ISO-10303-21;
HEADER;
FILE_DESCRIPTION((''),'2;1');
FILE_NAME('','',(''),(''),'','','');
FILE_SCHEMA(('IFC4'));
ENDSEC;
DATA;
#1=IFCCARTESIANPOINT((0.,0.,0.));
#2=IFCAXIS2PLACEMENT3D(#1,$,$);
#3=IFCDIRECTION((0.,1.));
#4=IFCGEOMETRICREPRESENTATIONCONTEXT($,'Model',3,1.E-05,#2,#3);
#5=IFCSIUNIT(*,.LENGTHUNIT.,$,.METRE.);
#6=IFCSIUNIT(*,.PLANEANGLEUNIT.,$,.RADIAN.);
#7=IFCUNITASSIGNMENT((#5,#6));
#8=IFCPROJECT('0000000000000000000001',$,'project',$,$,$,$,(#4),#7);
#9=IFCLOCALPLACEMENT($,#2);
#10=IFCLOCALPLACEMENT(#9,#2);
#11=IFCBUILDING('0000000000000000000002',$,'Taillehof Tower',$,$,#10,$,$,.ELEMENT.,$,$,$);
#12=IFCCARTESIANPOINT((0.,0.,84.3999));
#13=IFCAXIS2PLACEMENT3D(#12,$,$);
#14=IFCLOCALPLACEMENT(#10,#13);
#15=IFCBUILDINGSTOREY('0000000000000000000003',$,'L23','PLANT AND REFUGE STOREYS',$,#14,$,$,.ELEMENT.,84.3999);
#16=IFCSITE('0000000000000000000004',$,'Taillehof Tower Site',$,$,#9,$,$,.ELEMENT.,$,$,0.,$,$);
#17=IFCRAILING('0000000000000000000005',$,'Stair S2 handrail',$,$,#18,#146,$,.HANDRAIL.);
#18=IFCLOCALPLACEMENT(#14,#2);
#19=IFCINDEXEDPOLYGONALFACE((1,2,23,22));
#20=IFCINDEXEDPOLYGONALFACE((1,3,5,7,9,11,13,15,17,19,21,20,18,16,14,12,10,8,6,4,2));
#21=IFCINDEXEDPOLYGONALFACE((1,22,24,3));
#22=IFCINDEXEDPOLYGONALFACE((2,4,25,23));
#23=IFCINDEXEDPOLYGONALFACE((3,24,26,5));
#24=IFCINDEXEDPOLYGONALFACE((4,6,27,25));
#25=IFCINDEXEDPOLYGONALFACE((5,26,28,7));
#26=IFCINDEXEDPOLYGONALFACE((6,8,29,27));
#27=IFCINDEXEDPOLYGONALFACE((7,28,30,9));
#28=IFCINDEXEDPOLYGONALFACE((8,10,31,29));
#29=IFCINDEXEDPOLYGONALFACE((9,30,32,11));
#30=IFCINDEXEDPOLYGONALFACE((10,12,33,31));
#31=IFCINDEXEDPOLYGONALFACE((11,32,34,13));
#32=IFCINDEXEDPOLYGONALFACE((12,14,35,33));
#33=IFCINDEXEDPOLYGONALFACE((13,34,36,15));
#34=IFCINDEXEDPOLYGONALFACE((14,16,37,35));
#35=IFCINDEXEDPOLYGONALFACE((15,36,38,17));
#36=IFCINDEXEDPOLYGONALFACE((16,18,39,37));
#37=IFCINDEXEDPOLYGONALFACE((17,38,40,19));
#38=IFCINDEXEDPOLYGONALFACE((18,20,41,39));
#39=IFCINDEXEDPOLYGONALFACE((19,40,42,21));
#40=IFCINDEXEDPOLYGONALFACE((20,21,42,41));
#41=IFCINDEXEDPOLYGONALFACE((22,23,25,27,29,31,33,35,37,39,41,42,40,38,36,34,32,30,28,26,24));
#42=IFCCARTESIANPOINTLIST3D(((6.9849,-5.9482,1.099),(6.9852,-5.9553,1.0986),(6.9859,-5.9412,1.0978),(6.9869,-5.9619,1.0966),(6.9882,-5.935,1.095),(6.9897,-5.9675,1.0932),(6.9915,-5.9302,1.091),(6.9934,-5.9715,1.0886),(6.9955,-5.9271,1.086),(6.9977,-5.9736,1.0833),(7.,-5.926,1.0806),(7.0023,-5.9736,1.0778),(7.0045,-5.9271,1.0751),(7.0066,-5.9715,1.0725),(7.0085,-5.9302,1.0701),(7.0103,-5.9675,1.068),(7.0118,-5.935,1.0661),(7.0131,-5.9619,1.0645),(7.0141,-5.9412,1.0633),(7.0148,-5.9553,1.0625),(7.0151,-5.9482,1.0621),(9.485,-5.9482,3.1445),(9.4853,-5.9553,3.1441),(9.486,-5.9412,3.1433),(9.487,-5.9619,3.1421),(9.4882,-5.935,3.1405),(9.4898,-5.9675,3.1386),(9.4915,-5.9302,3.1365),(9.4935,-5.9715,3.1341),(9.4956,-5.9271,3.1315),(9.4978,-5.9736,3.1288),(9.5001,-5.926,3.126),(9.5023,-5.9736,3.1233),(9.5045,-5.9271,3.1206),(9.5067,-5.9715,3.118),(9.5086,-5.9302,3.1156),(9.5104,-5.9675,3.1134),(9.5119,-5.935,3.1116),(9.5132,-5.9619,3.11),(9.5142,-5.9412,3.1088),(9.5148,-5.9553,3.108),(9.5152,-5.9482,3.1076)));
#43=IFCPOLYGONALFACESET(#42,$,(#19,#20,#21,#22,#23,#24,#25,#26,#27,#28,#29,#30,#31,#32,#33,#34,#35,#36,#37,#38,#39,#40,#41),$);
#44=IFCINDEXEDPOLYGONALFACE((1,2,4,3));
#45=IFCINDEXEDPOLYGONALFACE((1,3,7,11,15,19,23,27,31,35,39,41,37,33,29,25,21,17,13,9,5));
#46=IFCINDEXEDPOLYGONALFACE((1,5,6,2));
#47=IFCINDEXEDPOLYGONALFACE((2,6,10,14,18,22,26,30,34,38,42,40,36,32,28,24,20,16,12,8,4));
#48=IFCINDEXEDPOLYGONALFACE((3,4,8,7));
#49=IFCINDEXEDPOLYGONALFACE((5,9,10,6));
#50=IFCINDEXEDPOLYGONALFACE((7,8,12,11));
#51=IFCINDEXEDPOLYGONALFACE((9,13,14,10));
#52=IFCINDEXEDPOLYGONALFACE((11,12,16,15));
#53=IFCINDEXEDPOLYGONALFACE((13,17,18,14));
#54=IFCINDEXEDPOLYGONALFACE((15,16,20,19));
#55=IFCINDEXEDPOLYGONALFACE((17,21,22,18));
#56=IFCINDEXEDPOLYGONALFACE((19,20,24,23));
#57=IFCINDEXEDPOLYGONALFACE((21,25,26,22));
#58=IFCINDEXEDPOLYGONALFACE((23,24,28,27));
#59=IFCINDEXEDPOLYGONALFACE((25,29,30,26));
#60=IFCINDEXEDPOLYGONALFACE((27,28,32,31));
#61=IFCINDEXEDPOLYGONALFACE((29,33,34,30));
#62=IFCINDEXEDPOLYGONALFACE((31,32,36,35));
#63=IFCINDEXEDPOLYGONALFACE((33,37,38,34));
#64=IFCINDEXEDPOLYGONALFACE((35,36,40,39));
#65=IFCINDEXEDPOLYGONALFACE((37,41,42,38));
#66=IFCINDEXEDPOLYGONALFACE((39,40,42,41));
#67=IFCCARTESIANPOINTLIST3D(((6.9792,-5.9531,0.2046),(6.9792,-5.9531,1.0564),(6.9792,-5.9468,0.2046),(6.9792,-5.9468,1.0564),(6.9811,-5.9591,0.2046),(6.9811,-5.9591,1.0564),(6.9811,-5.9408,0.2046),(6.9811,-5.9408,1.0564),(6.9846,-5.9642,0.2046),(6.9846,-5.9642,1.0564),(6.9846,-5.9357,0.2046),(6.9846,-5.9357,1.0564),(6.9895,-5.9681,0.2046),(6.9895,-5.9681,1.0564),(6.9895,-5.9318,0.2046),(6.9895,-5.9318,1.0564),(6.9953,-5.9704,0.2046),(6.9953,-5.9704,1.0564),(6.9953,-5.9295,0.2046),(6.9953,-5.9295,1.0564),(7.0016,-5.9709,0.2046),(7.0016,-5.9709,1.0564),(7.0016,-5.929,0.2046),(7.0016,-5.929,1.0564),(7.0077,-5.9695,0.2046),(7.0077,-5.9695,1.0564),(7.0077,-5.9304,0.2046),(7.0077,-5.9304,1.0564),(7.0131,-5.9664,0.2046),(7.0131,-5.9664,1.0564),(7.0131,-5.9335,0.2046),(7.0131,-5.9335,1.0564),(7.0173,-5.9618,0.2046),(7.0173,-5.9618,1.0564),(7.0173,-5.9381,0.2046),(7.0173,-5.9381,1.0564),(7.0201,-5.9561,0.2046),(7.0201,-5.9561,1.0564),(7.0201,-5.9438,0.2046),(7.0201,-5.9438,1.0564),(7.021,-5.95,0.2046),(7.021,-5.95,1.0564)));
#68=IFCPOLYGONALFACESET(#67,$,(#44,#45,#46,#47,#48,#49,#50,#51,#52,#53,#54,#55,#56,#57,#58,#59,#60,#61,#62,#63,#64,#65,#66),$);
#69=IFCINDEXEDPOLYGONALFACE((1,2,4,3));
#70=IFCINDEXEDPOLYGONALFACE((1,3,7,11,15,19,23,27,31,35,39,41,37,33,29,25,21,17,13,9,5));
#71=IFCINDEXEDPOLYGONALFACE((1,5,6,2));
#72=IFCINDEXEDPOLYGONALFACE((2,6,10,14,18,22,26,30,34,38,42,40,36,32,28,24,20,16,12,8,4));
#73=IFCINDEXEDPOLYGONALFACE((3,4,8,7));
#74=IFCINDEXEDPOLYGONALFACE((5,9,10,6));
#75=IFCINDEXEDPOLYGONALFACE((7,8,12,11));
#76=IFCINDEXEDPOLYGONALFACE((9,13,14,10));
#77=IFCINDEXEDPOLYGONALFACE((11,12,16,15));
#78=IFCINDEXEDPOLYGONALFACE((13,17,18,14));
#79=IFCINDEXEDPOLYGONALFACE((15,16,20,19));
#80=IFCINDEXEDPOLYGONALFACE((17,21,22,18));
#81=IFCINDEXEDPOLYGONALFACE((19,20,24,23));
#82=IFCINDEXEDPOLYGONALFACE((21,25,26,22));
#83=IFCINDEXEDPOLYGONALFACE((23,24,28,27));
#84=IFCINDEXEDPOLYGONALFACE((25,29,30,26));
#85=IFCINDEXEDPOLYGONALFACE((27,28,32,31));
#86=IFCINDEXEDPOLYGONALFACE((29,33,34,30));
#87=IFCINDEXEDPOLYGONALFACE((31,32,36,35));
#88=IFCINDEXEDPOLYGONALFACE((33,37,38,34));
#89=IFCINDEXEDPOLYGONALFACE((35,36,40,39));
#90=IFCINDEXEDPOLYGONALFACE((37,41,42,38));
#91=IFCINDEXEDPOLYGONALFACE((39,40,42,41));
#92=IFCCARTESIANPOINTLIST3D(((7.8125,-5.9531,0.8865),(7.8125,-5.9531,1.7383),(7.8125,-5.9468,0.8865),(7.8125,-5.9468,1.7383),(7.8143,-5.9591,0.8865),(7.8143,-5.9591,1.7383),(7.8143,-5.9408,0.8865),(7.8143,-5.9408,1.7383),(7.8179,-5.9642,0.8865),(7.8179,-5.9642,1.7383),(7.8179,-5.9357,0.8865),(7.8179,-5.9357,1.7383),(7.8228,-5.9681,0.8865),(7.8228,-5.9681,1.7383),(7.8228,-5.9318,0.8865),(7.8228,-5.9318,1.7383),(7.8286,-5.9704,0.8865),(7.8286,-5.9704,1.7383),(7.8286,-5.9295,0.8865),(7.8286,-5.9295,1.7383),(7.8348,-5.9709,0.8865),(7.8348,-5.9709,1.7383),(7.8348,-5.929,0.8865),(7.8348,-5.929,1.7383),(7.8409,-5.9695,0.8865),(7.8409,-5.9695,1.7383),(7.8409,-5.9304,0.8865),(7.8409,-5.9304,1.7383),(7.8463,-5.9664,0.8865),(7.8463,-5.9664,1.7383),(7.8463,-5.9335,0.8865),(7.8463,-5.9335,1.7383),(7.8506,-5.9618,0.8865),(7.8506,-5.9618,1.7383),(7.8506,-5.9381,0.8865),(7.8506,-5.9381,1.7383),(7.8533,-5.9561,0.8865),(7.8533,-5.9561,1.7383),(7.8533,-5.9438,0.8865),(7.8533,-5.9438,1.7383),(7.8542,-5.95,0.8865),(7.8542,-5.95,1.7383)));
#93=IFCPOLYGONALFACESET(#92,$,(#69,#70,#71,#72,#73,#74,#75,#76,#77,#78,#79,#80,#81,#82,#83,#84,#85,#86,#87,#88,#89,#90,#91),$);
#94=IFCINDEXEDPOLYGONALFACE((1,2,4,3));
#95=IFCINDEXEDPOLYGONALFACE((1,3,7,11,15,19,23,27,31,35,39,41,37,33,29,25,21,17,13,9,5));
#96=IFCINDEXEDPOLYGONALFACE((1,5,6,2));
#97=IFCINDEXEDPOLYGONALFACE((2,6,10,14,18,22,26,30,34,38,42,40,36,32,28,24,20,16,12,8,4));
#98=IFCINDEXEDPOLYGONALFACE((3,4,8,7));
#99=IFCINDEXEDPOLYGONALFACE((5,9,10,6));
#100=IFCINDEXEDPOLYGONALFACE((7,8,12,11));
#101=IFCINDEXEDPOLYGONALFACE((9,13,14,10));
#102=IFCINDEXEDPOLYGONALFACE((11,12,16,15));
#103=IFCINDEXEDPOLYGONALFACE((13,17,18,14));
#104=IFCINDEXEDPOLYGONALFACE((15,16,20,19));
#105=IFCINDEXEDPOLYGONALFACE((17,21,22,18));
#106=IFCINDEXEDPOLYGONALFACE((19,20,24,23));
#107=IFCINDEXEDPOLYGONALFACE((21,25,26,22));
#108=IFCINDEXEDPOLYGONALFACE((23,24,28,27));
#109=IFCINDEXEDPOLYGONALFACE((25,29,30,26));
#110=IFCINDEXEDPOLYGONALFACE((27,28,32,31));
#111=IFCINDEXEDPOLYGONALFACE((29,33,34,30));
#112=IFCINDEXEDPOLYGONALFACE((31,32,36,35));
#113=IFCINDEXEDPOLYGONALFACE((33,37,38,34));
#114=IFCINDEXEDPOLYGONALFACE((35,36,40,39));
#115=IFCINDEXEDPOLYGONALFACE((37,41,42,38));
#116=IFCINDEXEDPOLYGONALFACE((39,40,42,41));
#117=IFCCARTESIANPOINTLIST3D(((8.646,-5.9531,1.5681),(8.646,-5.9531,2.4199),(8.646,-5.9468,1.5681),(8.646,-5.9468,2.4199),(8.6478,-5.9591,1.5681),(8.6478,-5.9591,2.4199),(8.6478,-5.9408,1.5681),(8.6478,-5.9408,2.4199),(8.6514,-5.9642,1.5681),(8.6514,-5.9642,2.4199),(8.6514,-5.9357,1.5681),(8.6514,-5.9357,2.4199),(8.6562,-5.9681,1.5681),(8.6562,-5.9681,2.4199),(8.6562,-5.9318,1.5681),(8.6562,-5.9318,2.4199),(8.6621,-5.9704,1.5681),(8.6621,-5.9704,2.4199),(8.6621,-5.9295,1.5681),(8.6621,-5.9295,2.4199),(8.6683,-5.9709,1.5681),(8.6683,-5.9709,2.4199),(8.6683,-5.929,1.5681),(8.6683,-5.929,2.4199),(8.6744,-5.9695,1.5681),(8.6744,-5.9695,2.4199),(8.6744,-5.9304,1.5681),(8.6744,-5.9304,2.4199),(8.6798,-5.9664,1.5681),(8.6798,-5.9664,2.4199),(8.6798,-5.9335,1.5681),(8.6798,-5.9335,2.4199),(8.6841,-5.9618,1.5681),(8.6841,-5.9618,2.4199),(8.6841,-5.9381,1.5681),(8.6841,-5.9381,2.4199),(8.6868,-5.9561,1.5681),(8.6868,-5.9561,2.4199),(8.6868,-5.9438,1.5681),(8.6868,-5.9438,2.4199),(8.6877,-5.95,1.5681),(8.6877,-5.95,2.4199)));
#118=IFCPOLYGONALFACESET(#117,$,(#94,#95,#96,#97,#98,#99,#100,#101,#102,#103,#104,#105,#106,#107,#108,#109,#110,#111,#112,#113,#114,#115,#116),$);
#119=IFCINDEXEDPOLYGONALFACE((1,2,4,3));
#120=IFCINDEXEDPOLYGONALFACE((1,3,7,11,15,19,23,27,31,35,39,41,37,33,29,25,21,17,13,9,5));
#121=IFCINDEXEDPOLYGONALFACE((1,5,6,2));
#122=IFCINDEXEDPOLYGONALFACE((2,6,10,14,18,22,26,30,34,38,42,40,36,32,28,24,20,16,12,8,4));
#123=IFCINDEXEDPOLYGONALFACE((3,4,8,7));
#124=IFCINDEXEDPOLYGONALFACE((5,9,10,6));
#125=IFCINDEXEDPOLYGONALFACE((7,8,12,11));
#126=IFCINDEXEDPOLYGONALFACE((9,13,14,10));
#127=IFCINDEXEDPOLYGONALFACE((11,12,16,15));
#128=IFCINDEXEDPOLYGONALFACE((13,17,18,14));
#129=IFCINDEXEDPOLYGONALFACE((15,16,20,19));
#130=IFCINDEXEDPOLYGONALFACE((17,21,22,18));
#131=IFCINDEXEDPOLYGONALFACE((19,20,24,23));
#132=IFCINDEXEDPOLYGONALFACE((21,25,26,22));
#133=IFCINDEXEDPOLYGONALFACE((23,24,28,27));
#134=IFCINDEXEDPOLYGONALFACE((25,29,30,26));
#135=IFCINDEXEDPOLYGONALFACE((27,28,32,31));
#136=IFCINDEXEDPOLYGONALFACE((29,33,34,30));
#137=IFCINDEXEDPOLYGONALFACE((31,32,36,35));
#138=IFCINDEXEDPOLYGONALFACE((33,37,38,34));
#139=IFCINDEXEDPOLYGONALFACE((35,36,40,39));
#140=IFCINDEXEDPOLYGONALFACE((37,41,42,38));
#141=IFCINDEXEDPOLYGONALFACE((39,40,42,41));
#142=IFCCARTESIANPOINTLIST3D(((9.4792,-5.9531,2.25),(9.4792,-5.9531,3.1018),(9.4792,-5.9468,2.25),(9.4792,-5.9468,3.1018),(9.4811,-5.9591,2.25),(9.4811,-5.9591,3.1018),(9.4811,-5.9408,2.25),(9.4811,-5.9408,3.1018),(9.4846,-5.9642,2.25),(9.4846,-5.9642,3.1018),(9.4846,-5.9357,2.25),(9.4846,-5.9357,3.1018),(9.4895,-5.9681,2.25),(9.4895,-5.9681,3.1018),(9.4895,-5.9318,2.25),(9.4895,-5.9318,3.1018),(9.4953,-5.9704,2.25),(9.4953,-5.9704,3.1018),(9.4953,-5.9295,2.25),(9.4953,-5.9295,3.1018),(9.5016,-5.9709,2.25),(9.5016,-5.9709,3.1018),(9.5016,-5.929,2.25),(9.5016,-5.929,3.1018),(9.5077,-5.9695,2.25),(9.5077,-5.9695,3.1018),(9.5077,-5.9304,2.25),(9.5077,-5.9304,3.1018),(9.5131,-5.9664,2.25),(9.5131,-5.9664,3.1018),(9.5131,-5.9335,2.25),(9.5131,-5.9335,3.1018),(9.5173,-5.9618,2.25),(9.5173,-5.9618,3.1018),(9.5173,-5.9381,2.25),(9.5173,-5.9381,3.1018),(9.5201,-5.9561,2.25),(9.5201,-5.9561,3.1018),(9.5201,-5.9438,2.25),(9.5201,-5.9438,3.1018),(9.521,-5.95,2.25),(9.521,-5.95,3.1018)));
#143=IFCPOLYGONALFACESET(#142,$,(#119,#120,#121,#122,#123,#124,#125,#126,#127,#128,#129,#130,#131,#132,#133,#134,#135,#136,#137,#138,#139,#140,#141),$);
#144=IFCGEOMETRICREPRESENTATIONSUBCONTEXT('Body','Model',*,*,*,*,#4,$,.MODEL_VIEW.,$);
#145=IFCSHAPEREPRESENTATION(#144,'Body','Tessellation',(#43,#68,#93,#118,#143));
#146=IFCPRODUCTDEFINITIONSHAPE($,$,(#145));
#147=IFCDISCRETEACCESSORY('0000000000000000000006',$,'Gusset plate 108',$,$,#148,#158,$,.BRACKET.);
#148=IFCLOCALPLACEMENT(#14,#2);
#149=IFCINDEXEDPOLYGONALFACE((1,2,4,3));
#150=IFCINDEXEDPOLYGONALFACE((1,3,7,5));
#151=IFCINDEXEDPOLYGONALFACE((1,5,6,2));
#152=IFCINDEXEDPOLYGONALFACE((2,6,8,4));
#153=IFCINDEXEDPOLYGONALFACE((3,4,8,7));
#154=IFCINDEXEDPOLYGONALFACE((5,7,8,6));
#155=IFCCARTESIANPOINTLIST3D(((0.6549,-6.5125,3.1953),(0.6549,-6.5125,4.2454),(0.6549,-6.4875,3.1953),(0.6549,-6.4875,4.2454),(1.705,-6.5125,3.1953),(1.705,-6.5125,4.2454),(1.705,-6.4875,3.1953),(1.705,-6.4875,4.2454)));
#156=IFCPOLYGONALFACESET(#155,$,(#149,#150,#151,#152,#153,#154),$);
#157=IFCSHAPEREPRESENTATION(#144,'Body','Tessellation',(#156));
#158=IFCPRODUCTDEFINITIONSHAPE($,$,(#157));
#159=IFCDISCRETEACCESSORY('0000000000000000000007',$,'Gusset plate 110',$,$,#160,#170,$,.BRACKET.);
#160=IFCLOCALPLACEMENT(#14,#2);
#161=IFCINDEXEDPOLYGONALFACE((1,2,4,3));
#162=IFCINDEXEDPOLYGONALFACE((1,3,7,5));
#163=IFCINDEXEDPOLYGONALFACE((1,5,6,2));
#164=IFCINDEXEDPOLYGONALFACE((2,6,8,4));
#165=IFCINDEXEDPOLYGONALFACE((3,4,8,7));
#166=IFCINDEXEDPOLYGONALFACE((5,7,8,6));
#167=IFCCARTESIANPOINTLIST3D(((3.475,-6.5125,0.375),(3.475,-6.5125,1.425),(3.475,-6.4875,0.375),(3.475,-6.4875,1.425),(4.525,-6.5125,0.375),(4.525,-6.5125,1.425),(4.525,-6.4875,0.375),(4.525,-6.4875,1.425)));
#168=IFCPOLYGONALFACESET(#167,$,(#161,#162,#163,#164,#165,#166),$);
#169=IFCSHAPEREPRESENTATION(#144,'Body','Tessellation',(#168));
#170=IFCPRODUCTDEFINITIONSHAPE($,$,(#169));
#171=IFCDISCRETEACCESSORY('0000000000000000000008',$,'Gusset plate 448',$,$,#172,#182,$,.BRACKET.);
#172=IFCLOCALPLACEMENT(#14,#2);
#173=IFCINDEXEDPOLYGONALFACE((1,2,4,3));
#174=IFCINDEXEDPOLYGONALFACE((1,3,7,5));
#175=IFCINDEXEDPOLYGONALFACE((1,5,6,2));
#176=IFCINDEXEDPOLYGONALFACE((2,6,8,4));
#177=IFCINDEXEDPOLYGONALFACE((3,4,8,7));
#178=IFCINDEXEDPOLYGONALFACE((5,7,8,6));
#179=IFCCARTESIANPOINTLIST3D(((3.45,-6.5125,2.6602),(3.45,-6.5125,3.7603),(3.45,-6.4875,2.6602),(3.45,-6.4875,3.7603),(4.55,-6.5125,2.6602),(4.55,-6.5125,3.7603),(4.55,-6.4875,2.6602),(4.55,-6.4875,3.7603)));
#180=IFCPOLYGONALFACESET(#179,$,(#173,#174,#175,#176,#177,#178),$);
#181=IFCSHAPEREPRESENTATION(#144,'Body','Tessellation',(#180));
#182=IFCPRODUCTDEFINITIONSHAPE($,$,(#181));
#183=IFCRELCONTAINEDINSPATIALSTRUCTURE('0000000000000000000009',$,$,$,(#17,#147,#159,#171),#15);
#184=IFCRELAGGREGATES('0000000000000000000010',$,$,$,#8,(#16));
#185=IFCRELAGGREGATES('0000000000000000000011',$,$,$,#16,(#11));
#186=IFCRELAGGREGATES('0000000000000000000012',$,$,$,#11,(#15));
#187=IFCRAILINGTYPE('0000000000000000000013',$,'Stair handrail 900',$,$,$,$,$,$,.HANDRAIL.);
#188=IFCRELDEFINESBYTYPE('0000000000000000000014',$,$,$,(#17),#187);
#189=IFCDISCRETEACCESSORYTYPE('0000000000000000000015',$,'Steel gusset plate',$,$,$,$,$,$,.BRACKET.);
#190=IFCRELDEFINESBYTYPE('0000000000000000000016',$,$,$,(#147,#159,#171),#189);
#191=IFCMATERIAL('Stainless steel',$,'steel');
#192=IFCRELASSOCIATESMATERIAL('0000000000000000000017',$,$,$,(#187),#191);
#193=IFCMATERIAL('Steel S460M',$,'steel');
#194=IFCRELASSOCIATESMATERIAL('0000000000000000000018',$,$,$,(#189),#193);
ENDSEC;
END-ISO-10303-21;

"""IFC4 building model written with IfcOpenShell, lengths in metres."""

from ifc_helpers import new_model, si_unit, direction, frame, origin, origin_2d, place, context, subcontext, project, spatial, rectangle, circle, extrude, material, type_object, element, save


model = new_model("IFC4")

# Units and contexts
model_context = context("Model", 3, precision=1e-05, world=origin(), true_north=direction((0.0, 1.0)))
body_context = subcontext(model_context, "Body", "Model", "MODEL_VIEW")
ifc_project = project(units=[si_unit("LENGTHUNIT", "METRE"), si_unit("PLANEANGLEUNIT", "RADIAN")], contexts=[model_context])

# Site, building, storey
site_placement = place(None, origin())
site = spatial("IfcSite", under=ifc_project, at=site_placement, Name="Taillehof Tower Site", CompositionType="ELEMENT", RefElevation=0.0)
building_placement = place(site_placement, origin())
building = spatial("IfcBuilding", under=site, at=building_placement, Name="Taillehof Tower", CompositionType="ELEMENT")
storey_placement = place(building_placement, frame((0.0, 0.0, 84.3999)))
storey = spatial("IfcBuildingStorey", under=building, at=storey_placement, Name="L23", Description="PLANT AND REFUGE STOREYS", CompositionType="ELEMENT", Elevation=84.3999)

# Railing
ifc_material_1 = material(Name="Stainless steel", Category="steel")
railing_type = type_object("IfcRailingType", Name="Stair handrail 900", PredefinedType="HANDRAIL", material=ifc_material_1)
railing_placement = place(storey_placement, frame((7.0, -5.95, 0.2046)))
element("IfcRailing", 1, at=railing_placement, inside=storey, type_object=railing_type, Name="Stair S2 handrail", PredefinedType="HANDRAIL", context=body_context, shape_type="SweptSolid", body=[
    extrude(circle(Radius=0.0239, at=origin_2d()), frame((0.0, 0.0, 0.876), z_axis=(0.773964, 0.0, 0.63323), x_axis=(0.0, 1.0, 0.0)), (0.0, 0.0, 1.0), 3.2302),
    extrude(circle(Radius=0.021, at=origin_2d()), origin(), (0.0, 0.0, 1.0), 0.8518),
    extrude(circle(Radius=0.021, at=origin_2d()), frame((0.8333, 0.0, 0.6819)), (0.0, 0.0, 1.0), 0.8518),
    extrude(circle(Radius=0.021, at=origin_2d()), frame((1.6667, 0.0, 1.3635)), (0.0, 0.0, 1.0), 0.8518),
    extrude(circle(Radius=0.021, at=origin_2d()), frame((2.5, 0.0, 2.0454)), (0.0, 0.0, 1.0), 0.8518),
])

# Discrete accessories
ifc_material_2 = material(Name="Steel S460M", Category="steel")
discrete_accessory_type = type_object("IfcDiscreteAccessoryType", Name="Steel gusset plate", PredefinedType="BRACKET", material=ifc_material_2)
for number, where, z_axis, x_axis, name in (
    (2, (1.1799, -6.5, 3.1953), (0.0, 0.0, 1.0), (-1.0, 0.0, 0.0), "Gusset plate 108"),
    (3, (4.0, -6.5, 0.375), (0.0, 0.0, 1.0), (-1.0, 0.0, 0.0), "Gusset plate 110"),
):
    element("IfcDiscreteAccessory", number, at=place(storey_placement, frame(where, z_axis=z_axis, x_axis=x_axis)), inside=storey, type_object=discrete_accessory_type, Name=name, PredefinedType="BRACKET", context=body_context, shape_type="SweptSolid", body=[
        extrude(rectangle(XDim=1.05, YDim=0.0249, at=origin_2d()), origin(), (0.0, 0.0, 1.0), 1.05),
    ])
discrete_accessory_placement = place(storey_placement, frame((4.0, -6.5, 2.6602), z_axis=(0.0, 0.0, 1.0), x_axis=(1.0, 0.0, 0.0)))
element("IfcDiscreteAccessory", 4, at=discrete_accessory_placement, inside=storey, type_object=discrete_accessory_type, Name="Gusset plate 448", PredefinedType="BRACKET", context=body_context, shape_type="SweptSolid", body=[
    extrude(rectangle(XDim=1.1001, YDim=0.0249, at=origin_2d()), origin(), (0.0, 0.0, 1.0), 1.1001),
])

save(model, "model.ifc")
